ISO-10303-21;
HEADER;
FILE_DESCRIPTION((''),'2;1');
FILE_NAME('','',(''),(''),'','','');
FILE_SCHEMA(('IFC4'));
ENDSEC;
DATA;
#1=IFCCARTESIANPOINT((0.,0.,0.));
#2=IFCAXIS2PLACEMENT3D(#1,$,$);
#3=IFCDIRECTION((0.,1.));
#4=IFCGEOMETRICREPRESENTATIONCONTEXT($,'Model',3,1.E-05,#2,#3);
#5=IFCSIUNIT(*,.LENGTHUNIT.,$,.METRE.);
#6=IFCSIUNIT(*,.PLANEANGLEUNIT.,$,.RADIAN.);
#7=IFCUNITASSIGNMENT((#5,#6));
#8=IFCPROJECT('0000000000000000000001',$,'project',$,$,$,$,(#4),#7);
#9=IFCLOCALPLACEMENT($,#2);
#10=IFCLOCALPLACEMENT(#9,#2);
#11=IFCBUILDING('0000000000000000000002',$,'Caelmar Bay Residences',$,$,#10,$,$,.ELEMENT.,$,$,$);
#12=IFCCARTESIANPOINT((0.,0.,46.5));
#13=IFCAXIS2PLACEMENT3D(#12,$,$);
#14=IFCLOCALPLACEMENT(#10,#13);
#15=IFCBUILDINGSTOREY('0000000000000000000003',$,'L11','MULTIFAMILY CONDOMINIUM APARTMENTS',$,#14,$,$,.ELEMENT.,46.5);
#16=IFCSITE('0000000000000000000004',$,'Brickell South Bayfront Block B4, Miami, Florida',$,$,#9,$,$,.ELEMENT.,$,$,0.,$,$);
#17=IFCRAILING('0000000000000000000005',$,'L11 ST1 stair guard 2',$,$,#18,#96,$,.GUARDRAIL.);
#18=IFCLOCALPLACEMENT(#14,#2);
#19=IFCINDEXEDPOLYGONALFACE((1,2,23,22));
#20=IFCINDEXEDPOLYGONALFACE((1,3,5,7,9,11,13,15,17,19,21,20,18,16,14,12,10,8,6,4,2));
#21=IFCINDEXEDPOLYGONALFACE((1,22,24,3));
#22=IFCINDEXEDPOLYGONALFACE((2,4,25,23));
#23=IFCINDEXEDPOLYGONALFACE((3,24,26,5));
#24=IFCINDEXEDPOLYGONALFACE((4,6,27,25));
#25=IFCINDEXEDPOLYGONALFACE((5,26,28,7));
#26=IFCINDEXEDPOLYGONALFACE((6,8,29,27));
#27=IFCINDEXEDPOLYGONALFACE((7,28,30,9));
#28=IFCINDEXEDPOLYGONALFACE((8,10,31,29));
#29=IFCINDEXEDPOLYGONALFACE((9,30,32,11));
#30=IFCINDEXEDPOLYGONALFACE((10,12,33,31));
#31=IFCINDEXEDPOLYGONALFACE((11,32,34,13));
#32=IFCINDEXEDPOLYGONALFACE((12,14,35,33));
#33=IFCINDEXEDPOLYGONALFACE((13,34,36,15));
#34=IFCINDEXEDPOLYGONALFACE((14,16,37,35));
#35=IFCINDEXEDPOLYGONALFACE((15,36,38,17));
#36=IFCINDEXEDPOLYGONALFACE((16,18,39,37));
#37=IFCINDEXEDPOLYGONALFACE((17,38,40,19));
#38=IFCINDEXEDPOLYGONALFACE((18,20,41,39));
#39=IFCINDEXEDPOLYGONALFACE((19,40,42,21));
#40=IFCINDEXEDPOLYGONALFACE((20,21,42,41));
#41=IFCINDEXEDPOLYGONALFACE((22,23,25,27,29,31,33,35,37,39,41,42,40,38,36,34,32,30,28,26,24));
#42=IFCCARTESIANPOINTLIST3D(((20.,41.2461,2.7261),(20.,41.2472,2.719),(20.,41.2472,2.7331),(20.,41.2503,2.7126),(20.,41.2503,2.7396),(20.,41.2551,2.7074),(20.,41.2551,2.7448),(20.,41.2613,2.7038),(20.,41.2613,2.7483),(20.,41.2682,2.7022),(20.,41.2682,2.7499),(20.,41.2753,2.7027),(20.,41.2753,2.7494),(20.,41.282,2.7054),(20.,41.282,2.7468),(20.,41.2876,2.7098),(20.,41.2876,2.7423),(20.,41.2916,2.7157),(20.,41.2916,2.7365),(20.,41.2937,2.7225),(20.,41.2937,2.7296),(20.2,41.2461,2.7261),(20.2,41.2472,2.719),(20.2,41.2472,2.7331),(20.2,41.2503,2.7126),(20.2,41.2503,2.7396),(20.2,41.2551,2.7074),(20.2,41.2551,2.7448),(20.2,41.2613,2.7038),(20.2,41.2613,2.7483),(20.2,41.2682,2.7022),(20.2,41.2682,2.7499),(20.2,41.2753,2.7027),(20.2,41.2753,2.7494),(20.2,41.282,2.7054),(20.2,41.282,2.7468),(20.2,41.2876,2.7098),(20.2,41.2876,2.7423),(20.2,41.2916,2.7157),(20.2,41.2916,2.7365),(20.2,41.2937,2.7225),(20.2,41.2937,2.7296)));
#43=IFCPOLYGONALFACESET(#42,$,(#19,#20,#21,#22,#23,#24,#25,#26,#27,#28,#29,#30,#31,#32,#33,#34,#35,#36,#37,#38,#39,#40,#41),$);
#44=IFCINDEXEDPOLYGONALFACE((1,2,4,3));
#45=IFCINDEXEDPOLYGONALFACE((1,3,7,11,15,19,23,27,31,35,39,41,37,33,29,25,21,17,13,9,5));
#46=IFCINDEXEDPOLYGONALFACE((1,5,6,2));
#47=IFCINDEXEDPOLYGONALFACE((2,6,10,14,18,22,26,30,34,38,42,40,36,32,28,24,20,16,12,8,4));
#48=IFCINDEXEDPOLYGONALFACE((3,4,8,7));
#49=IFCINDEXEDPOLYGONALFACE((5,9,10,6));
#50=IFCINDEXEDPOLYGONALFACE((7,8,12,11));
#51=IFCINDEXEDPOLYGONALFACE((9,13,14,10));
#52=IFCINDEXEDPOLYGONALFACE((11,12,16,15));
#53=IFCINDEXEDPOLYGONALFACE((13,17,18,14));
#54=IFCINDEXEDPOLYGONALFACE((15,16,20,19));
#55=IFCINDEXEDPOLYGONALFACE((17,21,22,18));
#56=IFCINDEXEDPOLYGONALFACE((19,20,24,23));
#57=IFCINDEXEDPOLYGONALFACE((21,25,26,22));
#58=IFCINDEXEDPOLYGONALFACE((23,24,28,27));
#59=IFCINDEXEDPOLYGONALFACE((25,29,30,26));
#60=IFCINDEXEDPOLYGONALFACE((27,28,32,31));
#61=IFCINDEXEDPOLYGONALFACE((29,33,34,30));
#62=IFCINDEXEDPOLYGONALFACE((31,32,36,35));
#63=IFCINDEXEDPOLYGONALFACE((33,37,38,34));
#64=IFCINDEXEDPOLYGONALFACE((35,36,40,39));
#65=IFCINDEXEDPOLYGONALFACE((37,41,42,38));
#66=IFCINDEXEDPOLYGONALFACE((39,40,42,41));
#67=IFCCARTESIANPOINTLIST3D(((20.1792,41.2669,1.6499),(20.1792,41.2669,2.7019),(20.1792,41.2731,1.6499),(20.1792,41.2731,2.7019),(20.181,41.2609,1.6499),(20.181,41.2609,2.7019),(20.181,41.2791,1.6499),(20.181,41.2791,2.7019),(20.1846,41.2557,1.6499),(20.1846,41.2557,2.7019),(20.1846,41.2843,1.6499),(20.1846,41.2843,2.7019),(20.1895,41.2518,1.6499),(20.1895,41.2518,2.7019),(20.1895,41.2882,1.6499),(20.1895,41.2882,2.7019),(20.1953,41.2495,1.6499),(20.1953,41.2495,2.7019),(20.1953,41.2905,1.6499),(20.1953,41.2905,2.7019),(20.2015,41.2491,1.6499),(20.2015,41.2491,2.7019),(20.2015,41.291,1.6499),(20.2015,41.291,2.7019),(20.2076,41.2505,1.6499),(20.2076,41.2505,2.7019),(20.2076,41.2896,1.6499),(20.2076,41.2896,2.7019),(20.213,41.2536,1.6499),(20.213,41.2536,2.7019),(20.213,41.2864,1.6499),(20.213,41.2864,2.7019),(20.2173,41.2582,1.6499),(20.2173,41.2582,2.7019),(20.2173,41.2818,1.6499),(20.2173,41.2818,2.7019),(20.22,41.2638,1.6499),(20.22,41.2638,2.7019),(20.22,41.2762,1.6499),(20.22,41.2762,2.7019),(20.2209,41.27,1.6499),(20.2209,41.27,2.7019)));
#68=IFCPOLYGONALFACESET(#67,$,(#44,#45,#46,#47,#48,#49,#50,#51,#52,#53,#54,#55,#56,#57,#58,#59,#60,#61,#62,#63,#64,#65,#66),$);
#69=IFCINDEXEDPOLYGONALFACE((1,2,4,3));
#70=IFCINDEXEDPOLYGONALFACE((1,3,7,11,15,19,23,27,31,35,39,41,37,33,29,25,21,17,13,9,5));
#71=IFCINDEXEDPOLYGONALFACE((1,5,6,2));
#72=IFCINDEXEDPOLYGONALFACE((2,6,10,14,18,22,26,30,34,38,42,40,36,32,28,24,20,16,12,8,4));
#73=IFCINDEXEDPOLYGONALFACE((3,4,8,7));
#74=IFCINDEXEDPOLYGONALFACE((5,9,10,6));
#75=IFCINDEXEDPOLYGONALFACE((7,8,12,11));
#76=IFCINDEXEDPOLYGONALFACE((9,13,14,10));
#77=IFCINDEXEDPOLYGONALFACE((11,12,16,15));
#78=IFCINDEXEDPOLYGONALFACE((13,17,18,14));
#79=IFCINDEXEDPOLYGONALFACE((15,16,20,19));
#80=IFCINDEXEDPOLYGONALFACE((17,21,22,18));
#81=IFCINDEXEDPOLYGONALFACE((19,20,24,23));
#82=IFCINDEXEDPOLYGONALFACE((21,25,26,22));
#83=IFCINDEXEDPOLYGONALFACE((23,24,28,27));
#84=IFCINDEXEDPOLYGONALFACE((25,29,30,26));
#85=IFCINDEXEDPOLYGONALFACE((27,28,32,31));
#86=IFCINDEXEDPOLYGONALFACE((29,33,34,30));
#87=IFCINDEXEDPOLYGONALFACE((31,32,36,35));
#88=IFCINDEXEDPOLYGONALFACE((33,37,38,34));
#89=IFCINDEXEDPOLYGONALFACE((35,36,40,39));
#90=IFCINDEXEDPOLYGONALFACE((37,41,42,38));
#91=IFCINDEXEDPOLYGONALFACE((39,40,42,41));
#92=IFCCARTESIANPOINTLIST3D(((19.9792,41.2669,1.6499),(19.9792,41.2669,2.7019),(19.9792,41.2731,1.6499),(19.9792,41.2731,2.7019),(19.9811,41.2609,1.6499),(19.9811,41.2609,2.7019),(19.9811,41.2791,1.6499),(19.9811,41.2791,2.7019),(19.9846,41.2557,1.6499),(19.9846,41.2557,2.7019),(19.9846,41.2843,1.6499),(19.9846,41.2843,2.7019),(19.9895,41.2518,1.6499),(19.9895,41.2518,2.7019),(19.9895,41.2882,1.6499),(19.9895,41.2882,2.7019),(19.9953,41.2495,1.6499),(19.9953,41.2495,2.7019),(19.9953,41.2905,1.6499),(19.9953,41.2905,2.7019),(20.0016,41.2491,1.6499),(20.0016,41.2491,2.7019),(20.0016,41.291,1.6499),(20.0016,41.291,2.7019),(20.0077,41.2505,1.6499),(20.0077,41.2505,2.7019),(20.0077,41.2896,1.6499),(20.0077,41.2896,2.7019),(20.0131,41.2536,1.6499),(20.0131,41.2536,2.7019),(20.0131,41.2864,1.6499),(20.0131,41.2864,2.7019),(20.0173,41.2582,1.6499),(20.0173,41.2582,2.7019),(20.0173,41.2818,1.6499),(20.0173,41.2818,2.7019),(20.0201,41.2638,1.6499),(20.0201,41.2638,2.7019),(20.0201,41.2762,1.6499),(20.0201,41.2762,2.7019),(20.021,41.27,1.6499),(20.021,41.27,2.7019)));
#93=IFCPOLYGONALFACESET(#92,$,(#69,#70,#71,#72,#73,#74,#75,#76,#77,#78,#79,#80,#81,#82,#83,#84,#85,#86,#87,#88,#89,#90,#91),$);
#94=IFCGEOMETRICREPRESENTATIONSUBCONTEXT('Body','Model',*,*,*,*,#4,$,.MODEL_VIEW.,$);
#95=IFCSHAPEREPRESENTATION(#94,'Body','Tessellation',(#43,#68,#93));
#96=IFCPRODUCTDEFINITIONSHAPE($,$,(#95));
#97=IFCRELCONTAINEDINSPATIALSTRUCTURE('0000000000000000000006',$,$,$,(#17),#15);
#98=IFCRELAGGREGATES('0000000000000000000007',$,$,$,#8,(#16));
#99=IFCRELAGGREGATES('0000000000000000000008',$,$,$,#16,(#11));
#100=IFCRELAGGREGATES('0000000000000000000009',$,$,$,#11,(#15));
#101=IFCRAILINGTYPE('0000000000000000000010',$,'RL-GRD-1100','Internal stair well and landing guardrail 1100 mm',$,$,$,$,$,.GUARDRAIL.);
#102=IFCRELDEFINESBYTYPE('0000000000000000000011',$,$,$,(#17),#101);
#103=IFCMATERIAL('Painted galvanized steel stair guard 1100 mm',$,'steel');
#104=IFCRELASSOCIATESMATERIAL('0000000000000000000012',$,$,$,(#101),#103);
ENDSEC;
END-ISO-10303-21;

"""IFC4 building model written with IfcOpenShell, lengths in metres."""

from ifc_helpers import new_model, si_unit, direction, frame, origin, origin_2d, place, context, subcontext, project, spatial, circle, extrude, material, type_object, element, save


model = new_model("IFC4")

# Units and contexts
model_context = context("Model", 3, precision=1e-05, world=origin(), true_north=direction((0.0, 1.0)))
body_context = subcontext(model_context, "Body", "Model", "MODEL_VIEW")
ifc_project = project(units=[si_unit("LENGTHUNIT", "METRE"), si_unit("PLANEANGLEUNIT", "RADIAN")], contexts=[model_context])

# Site, building, storey
site_placement = place(None, origin())
site = spatial("IfcSite", under=ifc_project, at=site_placement, Name="Brickell South Bayfront Block B4, Miami, Florida", CompositionType="ELEMENT", RefElevation=0.0)
building_placement = place(site_placement, origin())
building = spatial("IfcBuilding", under=site, at=building_placement, Name="Caelmar Bay Residences", CompositionType="ELEMENT")
storey_placement = place(building_placement, frame((0.0, 0.0, 46.5)))
storey = spatial("IfcBuildingStorey", under=building, at=storey_placement, Name="L11", Description="MULTIFAMILY CONDOMINIUM APARTMENTS", CompositionType="ELEMENT", Elevation=46.5)

# Railing
ifc_material_1 = material(Name="Painted galvanized steel stair guard 1100 mm", Category="steel")
railing_type_1 = type_object("IfcRailingType", Name="RL-GRD-1100", Description="Internal stair well and landing guardrail 1100 mm", PredefinedType="GUARDRAIL", material=ifc_material_1)
railing_1_placement = place(storey_placement, frame((20.2, 41.27, 1.6499)))
element("IfcRailing", 1, at=railing_1_placement, inside=storey, type_object=railing_type_1, Name="L11 ST1 stair guard 2", PredefinedType="GUARDRAIL", context=body_context, shape_type="SweptSolid", body=[
    extrude(circle(Radius=0.0239, at=origin_2d()), frame((0.0, 0.0, 1.0762), z_axis=(-1.0, 0.0, 0.0), x_axis=(0.0, -1.0, 0.0)), (0.0, 0.0, 1.0), 0.2),
    extrude(circle(Radius=0.021, at=origin_2d()), origin(), (0.0, 0.0, 1.0), 1.052),
    extrude(circle(Radius=0.021, at=origin_2d()), frame((-0.2, 0.0, 0.0)), (0.0, 0.0, 1.0), 1.052),
])

save(model, "model.ifc")
